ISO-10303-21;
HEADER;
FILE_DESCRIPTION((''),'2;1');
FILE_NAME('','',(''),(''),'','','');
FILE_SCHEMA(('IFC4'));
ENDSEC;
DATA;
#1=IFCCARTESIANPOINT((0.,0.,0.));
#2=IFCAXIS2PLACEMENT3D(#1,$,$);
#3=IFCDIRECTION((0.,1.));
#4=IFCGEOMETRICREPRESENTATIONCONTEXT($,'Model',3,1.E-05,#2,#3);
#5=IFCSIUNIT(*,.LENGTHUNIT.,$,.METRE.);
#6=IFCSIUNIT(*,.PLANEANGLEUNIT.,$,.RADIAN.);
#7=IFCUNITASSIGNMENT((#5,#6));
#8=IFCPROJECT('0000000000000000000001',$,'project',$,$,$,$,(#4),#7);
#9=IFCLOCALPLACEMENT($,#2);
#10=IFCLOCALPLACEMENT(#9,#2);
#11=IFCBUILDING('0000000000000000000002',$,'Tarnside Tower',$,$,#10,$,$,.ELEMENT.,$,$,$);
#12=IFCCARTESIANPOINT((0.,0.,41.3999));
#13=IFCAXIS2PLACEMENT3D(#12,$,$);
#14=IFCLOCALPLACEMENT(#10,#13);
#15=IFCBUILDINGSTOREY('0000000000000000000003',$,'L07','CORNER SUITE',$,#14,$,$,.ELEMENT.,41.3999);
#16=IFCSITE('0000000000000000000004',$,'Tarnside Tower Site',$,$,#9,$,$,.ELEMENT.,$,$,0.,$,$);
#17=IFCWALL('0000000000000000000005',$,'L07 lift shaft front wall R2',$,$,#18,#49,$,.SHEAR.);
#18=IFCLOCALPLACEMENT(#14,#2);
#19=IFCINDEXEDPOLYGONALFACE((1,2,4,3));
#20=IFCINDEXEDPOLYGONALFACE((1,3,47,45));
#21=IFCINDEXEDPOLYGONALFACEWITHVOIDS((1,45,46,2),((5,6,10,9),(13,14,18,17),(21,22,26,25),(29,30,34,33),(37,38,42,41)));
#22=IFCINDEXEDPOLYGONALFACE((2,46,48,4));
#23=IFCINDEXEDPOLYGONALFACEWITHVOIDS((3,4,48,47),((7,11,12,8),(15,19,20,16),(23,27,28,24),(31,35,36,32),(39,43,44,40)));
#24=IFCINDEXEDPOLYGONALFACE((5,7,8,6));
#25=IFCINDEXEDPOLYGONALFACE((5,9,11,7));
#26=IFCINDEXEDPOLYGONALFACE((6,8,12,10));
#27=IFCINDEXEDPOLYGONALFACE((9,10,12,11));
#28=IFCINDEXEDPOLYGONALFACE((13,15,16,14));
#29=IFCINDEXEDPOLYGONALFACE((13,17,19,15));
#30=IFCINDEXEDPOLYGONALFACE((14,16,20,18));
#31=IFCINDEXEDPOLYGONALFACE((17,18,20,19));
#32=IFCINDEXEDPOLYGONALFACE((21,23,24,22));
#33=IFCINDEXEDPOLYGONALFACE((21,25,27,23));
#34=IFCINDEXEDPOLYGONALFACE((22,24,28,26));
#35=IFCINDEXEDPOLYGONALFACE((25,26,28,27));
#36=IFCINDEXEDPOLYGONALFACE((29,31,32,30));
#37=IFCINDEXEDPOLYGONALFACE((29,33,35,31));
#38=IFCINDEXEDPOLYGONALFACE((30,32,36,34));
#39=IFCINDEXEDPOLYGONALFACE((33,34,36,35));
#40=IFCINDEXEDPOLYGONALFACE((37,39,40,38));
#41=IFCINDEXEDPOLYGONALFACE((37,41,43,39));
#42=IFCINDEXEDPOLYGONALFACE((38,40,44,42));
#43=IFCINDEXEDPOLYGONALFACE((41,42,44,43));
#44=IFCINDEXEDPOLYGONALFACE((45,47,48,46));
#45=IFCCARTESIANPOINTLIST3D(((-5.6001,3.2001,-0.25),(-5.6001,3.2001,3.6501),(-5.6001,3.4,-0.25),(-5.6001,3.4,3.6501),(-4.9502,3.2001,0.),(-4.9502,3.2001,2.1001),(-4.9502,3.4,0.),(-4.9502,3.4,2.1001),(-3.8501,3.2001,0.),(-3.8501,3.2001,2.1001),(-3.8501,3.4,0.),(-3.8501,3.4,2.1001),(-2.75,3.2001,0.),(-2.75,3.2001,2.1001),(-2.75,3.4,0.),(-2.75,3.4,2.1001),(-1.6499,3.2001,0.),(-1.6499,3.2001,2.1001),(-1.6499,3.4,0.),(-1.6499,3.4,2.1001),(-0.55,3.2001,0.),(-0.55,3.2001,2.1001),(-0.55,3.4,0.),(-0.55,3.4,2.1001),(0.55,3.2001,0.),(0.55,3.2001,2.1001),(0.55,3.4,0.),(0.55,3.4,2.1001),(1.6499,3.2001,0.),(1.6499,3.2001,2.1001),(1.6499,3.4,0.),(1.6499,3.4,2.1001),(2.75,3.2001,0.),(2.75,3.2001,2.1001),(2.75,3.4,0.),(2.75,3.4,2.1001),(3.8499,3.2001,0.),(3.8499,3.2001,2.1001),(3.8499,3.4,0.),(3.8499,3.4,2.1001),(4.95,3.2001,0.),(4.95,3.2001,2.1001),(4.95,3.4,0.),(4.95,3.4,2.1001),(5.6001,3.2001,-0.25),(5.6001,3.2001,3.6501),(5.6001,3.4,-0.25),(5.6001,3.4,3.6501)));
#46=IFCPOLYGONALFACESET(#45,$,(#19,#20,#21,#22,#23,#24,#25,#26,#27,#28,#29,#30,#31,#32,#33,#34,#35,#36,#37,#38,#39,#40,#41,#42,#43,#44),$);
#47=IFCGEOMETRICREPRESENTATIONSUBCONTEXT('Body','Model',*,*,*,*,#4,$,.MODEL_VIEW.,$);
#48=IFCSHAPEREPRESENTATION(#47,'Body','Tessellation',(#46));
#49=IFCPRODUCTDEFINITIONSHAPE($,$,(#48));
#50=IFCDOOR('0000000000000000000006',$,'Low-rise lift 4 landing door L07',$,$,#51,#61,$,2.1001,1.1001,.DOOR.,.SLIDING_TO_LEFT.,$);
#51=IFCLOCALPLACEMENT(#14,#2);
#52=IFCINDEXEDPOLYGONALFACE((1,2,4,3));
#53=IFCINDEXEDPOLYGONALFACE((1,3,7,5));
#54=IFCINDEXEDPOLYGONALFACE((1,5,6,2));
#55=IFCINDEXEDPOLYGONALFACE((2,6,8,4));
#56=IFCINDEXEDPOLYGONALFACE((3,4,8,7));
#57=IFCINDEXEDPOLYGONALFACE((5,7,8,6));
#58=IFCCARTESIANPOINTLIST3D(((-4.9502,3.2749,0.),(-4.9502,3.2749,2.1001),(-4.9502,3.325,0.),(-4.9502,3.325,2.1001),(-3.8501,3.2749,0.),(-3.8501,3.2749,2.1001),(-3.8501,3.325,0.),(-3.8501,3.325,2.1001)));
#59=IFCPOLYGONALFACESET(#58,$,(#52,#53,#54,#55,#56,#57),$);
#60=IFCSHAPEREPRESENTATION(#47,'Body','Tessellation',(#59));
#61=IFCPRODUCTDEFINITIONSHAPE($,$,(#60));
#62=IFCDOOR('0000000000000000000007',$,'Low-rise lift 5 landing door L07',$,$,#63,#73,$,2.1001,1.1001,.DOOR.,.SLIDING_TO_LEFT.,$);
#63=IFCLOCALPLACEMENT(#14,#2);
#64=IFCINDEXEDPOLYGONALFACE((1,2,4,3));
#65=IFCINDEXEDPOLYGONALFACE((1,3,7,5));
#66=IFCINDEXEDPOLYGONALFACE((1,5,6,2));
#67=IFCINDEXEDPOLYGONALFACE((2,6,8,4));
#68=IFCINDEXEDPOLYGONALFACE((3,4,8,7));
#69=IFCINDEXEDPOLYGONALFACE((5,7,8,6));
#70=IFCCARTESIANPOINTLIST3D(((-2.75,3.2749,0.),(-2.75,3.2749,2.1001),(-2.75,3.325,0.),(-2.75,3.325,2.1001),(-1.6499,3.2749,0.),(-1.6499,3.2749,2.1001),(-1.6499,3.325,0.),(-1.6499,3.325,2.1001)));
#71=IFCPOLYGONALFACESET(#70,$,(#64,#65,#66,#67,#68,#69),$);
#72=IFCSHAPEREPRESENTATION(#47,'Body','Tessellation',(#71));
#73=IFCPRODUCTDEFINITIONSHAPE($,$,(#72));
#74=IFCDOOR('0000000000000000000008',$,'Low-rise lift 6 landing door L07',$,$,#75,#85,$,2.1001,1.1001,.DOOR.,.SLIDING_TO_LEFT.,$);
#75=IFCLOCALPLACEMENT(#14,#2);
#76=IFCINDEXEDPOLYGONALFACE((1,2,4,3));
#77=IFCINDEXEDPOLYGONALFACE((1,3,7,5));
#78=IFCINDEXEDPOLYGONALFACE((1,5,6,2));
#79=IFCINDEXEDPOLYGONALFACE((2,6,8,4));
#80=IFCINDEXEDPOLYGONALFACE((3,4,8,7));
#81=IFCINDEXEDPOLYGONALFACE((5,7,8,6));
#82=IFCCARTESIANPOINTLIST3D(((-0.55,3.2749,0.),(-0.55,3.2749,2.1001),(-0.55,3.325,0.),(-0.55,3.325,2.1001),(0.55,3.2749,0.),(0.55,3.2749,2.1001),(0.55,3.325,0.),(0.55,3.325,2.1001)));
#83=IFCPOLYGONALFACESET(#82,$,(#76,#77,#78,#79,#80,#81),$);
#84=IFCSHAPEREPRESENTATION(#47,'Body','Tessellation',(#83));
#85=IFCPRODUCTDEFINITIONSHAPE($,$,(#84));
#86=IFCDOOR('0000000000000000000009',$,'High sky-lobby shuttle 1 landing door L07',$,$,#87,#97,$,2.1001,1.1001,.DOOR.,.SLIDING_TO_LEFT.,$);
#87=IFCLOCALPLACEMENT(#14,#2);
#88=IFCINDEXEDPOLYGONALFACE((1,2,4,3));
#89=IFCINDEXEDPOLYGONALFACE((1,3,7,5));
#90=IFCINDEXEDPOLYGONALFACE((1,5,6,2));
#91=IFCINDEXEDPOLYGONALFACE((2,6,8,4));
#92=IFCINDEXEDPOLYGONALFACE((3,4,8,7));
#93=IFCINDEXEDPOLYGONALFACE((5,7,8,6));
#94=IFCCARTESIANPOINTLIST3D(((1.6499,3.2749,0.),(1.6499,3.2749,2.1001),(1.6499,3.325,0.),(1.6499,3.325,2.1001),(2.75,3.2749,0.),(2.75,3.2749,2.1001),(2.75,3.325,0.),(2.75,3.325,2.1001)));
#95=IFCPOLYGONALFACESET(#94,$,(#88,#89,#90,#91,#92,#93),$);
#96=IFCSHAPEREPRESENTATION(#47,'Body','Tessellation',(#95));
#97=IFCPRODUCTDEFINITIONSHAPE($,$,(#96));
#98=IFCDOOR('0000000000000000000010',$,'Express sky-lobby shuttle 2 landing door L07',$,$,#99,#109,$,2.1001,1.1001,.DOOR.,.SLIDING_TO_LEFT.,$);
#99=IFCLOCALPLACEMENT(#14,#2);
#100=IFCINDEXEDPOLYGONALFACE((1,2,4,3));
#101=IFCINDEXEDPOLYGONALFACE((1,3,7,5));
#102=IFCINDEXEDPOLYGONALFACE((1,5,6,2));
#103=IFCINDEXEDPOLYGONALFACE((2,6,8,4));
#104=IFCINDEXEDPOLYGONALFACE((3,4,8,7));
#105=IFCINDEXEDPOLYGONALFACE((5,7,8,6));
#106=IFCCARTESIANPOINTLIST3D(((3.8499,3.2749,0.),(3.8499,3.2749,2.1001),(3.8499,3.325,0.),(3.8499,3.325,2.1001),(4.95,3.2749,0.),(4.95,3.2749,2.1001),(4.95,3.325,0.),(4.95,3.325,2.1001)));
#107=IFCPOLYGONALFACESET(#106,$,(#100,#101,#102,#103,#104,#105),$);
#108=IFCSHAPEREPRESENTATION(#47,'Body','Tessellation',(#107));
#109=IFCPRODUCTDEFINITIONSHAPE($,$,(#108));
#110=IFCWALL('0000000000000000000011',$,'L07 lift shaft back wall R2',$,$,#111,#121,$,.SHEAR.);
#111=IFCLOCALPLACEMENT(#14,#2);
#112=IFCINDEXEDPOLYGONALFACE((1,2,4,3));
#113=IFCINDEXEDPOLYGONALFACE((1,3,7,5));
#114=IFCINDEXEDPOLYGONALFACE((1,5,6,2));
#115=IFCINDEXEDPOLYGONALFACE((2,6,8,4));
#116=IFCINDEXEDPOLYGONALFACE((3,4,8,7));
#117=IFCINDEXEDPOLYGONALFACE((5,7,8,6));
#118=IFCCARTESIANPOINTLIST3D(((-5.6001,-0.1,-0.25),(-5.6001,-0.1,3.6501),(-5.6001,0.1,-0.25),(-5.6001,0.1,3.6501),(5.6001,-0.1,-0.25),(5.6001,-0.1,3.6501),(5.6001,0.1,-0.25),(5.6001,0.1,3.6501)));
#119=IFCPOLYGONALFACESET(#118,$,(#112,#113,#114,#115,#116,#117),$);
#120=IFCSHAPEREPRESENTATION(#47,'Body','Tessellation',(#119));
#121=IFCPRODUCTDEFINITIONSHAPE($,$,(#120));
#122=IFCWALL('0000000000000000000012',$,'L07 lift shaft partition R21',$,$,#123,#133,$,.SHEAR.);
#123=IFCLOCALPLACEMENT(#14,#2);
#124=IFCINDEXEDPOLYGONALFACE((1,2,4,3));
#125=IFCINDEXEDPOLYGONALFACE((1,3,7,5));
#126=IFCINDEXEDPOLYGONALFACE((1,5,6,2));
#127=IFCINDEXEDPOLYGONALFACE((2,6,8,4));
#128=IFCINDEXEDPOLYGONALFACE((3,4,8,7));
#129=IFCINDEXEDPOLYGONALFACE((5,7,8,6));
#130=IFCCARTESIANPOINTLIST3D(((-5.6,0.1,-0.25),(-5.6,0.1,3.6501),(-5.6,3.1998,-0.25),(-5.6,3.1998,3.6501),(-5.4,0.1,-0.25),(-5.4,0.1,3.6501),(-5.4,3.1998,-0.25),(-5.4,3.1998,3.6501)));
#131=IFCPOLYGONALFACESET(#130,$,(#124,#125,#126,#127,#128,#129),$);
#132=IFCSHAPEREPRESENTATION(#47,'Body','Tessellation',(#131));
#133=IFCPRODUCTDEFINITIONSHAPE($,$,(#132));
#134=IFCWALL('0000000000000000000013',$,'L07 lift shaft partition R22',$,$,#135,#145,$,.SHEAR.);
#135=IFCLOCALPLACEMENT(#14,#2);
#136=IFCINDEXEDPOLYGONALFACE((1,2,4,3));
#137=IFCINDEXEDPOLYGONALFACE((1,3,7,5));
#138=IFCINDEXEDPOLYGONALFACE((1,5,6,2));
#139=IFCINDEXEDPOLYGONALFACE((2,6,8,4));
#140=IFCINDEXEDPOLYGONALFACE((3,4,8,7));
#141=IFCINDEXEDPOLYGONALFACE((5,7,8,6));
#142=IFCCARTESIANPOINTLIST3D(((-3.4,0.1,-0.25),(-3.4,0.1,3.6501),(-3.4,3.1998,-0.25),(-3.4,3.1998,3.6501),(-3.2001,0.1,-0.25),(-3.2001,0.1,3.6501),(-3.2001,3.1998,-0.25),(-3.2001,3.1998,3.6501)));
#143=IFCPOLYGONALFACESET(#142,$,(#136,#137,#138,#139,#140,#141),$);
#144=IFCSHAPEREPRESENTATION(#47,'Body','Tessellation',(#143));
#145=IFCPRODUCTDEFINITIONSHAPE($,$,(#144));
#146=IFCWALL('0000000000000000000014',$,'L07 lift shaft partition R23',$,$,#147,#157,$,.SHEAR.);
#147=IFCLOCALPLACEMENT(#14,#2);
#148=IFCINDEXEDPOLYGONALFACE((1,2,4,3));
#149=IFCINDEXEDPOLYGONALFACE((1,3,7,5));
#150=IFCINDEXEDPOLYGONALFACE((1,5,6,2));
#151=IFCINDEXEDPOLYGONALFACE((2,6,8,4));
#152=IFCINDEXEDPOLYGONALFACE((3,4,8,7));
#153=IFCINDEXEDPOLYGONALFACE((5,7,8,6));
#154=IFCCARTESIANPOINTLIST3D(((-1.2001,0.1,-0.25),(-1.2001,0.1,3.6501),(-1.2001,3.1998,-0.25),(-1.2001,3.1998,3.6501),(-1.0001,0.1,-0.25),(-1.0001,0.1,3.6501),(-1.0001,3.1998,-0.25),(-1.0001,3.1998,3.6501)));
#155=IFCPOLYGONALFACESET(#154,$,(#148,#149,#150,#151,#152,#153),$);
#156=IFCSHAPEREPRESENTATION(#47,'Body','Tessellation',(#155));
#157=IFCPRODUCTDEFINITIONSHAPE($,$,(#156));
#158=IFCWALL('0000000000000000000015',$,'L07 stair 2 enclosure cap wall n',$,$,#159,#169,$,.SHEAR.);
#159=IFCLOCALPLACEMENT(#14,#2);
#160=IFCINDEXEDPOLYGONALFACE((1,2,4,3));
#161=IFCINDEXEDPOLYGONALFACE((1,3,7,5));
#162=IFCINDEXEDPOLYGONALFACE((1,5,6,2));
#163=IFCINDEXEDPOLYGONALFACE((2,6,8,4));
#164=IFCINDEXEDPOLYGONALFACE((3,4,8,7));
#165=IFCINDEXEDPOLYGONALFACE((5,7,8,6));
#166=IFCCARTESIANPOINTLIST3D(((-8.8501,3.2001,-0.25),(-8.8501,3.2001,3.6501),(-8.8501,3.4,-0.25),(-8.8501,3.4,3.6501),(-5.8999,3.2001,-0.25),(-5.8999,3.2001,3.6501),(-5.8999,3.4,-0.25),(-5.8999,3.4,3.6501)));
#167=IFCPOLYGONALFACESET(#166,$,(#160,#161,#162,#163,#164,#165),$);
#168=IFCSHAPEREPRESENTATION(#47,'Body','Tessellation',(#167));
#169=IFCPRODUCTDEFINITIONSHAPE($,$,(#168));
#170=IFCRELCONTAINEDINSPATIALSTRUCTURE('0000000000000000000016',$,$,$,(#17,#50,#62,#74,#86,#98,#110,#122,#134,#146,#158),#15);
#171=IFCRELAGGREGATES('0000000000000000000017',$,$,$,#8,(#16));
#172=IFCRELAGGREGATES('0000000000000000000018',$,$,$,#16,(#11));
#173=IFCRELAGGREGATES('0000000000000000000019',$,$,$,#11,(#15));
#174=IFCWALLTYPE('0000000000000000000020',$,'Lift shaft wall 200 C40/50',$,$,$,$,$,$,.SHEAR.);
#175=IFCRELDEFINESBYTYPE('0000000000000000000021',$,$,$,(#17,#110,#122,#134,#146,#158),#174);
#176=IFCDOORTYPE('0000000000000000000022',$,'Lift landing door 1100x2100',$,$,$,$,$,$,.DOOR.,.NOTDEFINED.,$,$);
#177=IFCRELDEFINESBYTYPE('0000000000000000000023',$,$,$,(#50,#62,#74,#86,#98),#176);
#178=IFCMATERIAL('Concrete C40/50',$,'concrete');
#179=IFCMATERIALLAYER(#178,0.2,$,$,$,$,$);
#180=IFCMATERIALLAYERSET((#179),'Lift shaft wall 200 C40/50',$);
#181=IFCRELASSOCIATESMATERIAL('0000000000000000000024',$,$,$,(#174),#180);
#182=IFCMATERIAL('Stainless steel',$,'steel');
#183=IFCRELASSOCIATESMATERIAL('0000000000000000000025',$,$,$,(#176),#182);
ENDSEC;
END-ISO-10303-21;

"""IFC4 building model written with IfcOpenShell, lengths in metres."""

from ifc_helpers import new_model, si_unit, direction, frame, frame_2d, origin, place, context, subcontext, project, spatial, rectangle, extrude, material, layer, layer_set, type_object, element, fill, save


model = new_model("IFC4")

# Units and contexts
model_context = context("Model", 3, precision=1e-05, world=origin(), true_north=direction((0.0, 1.0)))
body_context = subcontext(model_context, "Body", "Model", "MODEL_VIEW")
ifc_project = project(units=[si_unit("LENGTHUNIT", "METRE"), si_unit("PLANEANGLEUNIT", "RADIAN")], contexts=[model_context])

# Site, building, storey
site_placement = place(None, origin())
site = spatial("IfcSite", under=ifc_project, at=site_placement, Name="Tarnside Tower Site", CompositionType="ELEMENT", RefElevation=0.0)
building_placement = place(site_placement, origin())
building = spatial("IfcBuilding", under=site, at=building_placement, Name="Tarnside Tower", CompositionType="ELEMENT")
storey_placement = place(building_placement, frame((0.0, 0.0, 41.3999)))
storey = spatial("IfcBuildingStorey", under=building, at=storey_placement, Name="L07", Description="CORNER SUITE", CompositionType="ELEMENT", Elevation=41.3999)

# Shared definitions
ifc_material_1 = material(Name="Concrete C40/50", Category="concrete")

# Shared definitions
ifc_layer_1 = layer(ifc_material_1, 0.2)
ifc_layer_set_1 = layer_set([ifc_layer_1], Name="Lift shaft wall 200 C40/50")
wall_type = type_object("IfcWallType", Name="Lift shaft wall 200 C40/50", PredefinedType="SHEAR", material=ifc_layer_set_1)
ifc_material_2 = material(Name="Stainless steel", Category="steel")
door_type = type_object("IfcDoorType", Name="Lift landing door 1100x2100", OperationType="NOTDEFINED", PredefinedType="DOOR", material=ifc_material_2)

# Wall, openings, doors
wall_1_placement = place(storey_placement, frame((-5.6001, 3.3, -0.25), z_axis=(0.0, 0.0, 1.0), x_axis=(1.0, 0.0, 0.0)))
wall_1 = element("IfcWall", 1, at=wall_1_placement, inside=storey, type_object=wall_type, Name="L07 lift shaft front wall R2", PredefinedType="SHEAR", context=body_context, shape_type="SweptSolid", body=[
    extrude(rectangle(XDim=11.2002, YDim=0.2, at=frame_2d((5.6001, 0.0))), origin(), (0.0, 0.0, 1.0), 3.9001),
])
opening_1_placement = place(wall_1_placement, frame((0.6499, 0.0, 0.25)))
opening_1 = element("IfcOpeningElement", 2, at=opening_1_placement, cuts=wall_1, PredefinedType="OPENING", context=body_context, shape_type="SweptSolid", body=[
    extrude(rectangle(XDim=1.1001, YDim=2.1001, at=frame_2d((0.55, 1.05))), frame((0.0, 0.1099, 0.0), z_axis=(0.0, -1.0, 0.0), x_axis=(1.0, 0.0, 0.0)), (0.0, 0.0, 1.0), 0.22),
])
opening_2_placement = place(wall_1_placement, frame((2.8501, 0.0, 0.25)))
opening_2 = element("IfcOpeningElement", 3, at=opening_2_placement, cuts=wall_1, PredefinedType="OPENING", context=body_context, shape_type="SweptSolid", body=[
    extrude(rectangle(XDim=1.1001, YDim=2.1001, at=frame_2d((0.55, 1.05))), frame((0.0, 0.1099, 0.0), z_axis=(0.0, -1.0, 0.0), x_axis=(1.0, 0.0, 0.0)), (0.0, 0.0, 1.0), 0.22),
])
opening_3_placement = place(wall_1_placement, frame((5.05, 0.0, 0.25)))
opening_3 = element("IfcOpeningElement", 4, at=opening_3_placement, cuts=wall_1, PredefinedType="OPENING", context=body_context, shape_type="SweptSolid", body=[
    extrude(rectangle(XDim=1.1001, YDim=2.1001, at=frame_2d((0.55, 1.05))), frame((0.0, 0.1099, 0.0), z_axis=(0.0, -1.0, 0.0), x_axis=(1.0, 0.0, 0.0)), (0.0, 0.0, 1.0), 0.22),
])
opening_4_placement = place(wall_1_placement, frame((7.25, 0.0, 0.25)))
opening_4 = element("IfcOpeningElement", 5, at=opening_4_placement, cuts=wall_1, PredefinedType="OPENING", context=body_context, shape_type="SweptSolid", body=[
    extrude(rectangle(XDim=1.1001, YDim=2.1001, at=frame_2d((0.55, 1.05))), frame((0.0, 0.1099, 0.0), z_axis=(0.0, -1.0, 0.0), x_axis=(1.0, 0.0, 0.0)), (0.0, 0.0, 1.0), 0.22),
])
opening_5_placement = place(wall_1_placement, frame((9.45, 0.0, 0.25)))
opening_5 = element("IfcOpeningElement", 6, at=opening_5_placement, cuts=wall_1, PredefinedType="OPENING", context=body_context, shape_type="SweptSolid", body=[
    extrude(rectangle(XDim=1.1001, YDim=2.1001, at=frame_2d((0.55, 1.05))), frame((0.0, 0.1099, 0.0), z_axis=(0.0, -1.0, 0.0), x_axis=(1.0, 0.0, 0.0)), (0.0, 0.0, 1.0), 0.22),
])
door_1_placement = place(opening_1_placement, origin())
door_1 = element("IfcDoor", 7, at=door_1_placement, inside=storey, type_object=door_type, Name="Low-rise lift 4 landing door L07", OperationType="SLIDING_TO_LEFT", OverallHeight=2.1001, OverallWidth=1.1001, PredefinedType="DOOR", context=body_context, shape_type="SweptSolid", body=[
    extrude(rectangle(XDim=1.1001, YDim=2.1001, at=frame_2d((0.55, 1.05))), frame((0.0, 0.0249, 0.0), z_axis=(0.0, -1.0, 0.0), x_axis=(1.0, 0.0, 0.0)), (0.0, 0.0, 1.0), 0.05),
])
fill(opening_1, door_1)
door_2_placement = place(opening_2_placement, origin())
door_2 = element("IfcDoor", 8, at=door_2_placement, inside=storey, type_object=door_type, Name="Low-rise lift 5 landing door L07", OperationType="SLIDING_TO_LEFT", OverallHeight=2.1001, OverallWidth=1.1001, PredefinedType="DOOR", context=body_context, shape_type="SweptSolid", body=[
    extrude(rectangle(XDim=1.1001, YDim=2.1001, at=frame_2d((0.55, 1.05))), frame((0.0, 0.0249, 0.0), z_axis=(0.0, -1.0, 0.0), x_axis=(1.0, 0.0, 0.0)), (0.0, 0.0, 1.0), 0.05),
])
fill(opening_2, door_2)
door_3_placement = place(opening_3_placement, origin())
door_3 = element("IfcDoor", 9, at=door_3_placement, inside=storey, type_object=door_type, Name="Low-rise lift 6 landing door L07", OperationType="SLIDING_TO_LEFT", OverallHeight=2.1001, OverallWidth=1.1001, PredefinedType="DOOR", context=body_context, shape_type="SweptSolid", body=[
    extrude(rectangle(XDim=1.1001, YDim=2.1001, at=frame_2d((0.55, 1.05))), frame((0.0, 0.0249, 0.0), z_axis=(0.0, -1.0, 0.0), x_axis=(1.0, 0.0, 0.0)), (0.0, 0.0, 1.0), 0.05),
])
fill(opening_3, door_3)
door_4_placement = place(opening_4_placement, origin())
door_4 = element("IfcDoor", 10, at=door_4_placement, inside=storey, type_object=door_type, Name="High sky-lobby shuttle 1 landing door L07", OperationType="SLIDING_TO_LEFT", OverallHeight=2.1001, OverallWidth=1.1001, PredefinedType="DOOR", context=body_context, shape_type="SweptSolid", body=[
    extrude(rectangle(XDim=1.1001, YDim=2.1001, at=frame_2d((0.55, 1.05))), frame((0.0, 0.0249, 0.0), z_axis=(0.0, -1.0, 0.0), x_axis=(1.0, 0.0, 0.0)), (0.0, 0.0, 1.0), 0.05),
])
fill(opening_4, door_4)
door_5_placement = place(opening_5_placement, origin())
door_5 = element("IfcDoor", 11, at=door_5_placement, inside=storey, type_object=door_type, Name="Express sky-lobby shuttle 2 landing door L07", OperationType="SLIDING_TO_LEFT", OverallHeight=2.1001, OverallWidth=1.1001, PredefinedType="DOOR", context=body_context, shape_type="SweptSolid", body=[
    extrude(rectangle(XDim=1.1001, YDim=2.1001, at=frame_2d((0.55, 1.05))), frame((0.0, 0.0249, 0.0), z_axis=(0.0, -1.0, 0.0), x_axis=(1.0, 0.0, 0.0)), (0.0, 0.0, 1.0), 0.05),
])
fill(opening_5, door_5)

# Walls
wall_2_placement = place(storey_placement, frame((-5.6001, 0.0, -0.25), z_axis=(0.0, 0.0, 1.0), x_axis=(1.0, 0.0, 0.0)))
element("IfcWall", 12, at=wall_2_placement, inside=storey, type_object=wall_type, Name="L07 lift shaft back wall R2", PredefinedType="SHEAR", context=body_context, shape_type="SweptSolid", body=[
    extrude(rectangle(XDim=11.2002, YDim=0.2, at=frame_2d((5.6001, 0.0))), origin(), (0.0, 0.0, 1.0), 3.9001),
])
for number, where, z_axis, x_axis, name in (
    (13, (-5.5, 0.1001, -0.25), (0.0, 0.0, 1.0), (0.0, 1.0, 0.0), "L07 lift shaft partition R21"),
    (14, (-3.3, 0.1001, -0.25), (0.0, 0.0, 1.0), (0.0, 1.0, 0.0), "L07 lift shaft partition R22"),
    (15, (-1.1001, 0.1001, -0.25), (0.0, 0.0, 1.0), (0.0, 1.0, 0.0), "L07 lift shaft partition R23"),
):
    element("IfcWall", number, at=place(storey_placement, frame(where, z_axis=z_axis, x_axis=x_axis)), inside=storey, type_object=wall_type, Name=name, PredefinedType="SHEAR", context=body_context, shape_type="SweptSolid", body=[
        extrude(rectangle(XDim=3.0999, YDim=0.2, at=frame_2d((1.5498, 0.0))), origin(), (0.0, 0.0, 1.0), 3.9001),
    ])
wall_3_placement = place(storey_placement, frame((-8.8501, 3.3, -0.25), z_axis=(0.0, 0.0, 1.0), x_axis=(1.0, 0.0, 0.0)))
element("IfcWall", 16, at=wall_3_placement, inside=storey, type_object=wall_type, Name="L07 stair 2 enclosure cap wall n", PredefinedType="SHEAR", context=body_context, shape_type="SweptSolid", body=[
    extrude(rectangle(XDim=2.9502, YDim=0.2, at=frame_2d((1.4751, 0.0))), origin(), (0.0, 0.0, 1.0), 3.9001),
])

save(model, "model.ifc")
